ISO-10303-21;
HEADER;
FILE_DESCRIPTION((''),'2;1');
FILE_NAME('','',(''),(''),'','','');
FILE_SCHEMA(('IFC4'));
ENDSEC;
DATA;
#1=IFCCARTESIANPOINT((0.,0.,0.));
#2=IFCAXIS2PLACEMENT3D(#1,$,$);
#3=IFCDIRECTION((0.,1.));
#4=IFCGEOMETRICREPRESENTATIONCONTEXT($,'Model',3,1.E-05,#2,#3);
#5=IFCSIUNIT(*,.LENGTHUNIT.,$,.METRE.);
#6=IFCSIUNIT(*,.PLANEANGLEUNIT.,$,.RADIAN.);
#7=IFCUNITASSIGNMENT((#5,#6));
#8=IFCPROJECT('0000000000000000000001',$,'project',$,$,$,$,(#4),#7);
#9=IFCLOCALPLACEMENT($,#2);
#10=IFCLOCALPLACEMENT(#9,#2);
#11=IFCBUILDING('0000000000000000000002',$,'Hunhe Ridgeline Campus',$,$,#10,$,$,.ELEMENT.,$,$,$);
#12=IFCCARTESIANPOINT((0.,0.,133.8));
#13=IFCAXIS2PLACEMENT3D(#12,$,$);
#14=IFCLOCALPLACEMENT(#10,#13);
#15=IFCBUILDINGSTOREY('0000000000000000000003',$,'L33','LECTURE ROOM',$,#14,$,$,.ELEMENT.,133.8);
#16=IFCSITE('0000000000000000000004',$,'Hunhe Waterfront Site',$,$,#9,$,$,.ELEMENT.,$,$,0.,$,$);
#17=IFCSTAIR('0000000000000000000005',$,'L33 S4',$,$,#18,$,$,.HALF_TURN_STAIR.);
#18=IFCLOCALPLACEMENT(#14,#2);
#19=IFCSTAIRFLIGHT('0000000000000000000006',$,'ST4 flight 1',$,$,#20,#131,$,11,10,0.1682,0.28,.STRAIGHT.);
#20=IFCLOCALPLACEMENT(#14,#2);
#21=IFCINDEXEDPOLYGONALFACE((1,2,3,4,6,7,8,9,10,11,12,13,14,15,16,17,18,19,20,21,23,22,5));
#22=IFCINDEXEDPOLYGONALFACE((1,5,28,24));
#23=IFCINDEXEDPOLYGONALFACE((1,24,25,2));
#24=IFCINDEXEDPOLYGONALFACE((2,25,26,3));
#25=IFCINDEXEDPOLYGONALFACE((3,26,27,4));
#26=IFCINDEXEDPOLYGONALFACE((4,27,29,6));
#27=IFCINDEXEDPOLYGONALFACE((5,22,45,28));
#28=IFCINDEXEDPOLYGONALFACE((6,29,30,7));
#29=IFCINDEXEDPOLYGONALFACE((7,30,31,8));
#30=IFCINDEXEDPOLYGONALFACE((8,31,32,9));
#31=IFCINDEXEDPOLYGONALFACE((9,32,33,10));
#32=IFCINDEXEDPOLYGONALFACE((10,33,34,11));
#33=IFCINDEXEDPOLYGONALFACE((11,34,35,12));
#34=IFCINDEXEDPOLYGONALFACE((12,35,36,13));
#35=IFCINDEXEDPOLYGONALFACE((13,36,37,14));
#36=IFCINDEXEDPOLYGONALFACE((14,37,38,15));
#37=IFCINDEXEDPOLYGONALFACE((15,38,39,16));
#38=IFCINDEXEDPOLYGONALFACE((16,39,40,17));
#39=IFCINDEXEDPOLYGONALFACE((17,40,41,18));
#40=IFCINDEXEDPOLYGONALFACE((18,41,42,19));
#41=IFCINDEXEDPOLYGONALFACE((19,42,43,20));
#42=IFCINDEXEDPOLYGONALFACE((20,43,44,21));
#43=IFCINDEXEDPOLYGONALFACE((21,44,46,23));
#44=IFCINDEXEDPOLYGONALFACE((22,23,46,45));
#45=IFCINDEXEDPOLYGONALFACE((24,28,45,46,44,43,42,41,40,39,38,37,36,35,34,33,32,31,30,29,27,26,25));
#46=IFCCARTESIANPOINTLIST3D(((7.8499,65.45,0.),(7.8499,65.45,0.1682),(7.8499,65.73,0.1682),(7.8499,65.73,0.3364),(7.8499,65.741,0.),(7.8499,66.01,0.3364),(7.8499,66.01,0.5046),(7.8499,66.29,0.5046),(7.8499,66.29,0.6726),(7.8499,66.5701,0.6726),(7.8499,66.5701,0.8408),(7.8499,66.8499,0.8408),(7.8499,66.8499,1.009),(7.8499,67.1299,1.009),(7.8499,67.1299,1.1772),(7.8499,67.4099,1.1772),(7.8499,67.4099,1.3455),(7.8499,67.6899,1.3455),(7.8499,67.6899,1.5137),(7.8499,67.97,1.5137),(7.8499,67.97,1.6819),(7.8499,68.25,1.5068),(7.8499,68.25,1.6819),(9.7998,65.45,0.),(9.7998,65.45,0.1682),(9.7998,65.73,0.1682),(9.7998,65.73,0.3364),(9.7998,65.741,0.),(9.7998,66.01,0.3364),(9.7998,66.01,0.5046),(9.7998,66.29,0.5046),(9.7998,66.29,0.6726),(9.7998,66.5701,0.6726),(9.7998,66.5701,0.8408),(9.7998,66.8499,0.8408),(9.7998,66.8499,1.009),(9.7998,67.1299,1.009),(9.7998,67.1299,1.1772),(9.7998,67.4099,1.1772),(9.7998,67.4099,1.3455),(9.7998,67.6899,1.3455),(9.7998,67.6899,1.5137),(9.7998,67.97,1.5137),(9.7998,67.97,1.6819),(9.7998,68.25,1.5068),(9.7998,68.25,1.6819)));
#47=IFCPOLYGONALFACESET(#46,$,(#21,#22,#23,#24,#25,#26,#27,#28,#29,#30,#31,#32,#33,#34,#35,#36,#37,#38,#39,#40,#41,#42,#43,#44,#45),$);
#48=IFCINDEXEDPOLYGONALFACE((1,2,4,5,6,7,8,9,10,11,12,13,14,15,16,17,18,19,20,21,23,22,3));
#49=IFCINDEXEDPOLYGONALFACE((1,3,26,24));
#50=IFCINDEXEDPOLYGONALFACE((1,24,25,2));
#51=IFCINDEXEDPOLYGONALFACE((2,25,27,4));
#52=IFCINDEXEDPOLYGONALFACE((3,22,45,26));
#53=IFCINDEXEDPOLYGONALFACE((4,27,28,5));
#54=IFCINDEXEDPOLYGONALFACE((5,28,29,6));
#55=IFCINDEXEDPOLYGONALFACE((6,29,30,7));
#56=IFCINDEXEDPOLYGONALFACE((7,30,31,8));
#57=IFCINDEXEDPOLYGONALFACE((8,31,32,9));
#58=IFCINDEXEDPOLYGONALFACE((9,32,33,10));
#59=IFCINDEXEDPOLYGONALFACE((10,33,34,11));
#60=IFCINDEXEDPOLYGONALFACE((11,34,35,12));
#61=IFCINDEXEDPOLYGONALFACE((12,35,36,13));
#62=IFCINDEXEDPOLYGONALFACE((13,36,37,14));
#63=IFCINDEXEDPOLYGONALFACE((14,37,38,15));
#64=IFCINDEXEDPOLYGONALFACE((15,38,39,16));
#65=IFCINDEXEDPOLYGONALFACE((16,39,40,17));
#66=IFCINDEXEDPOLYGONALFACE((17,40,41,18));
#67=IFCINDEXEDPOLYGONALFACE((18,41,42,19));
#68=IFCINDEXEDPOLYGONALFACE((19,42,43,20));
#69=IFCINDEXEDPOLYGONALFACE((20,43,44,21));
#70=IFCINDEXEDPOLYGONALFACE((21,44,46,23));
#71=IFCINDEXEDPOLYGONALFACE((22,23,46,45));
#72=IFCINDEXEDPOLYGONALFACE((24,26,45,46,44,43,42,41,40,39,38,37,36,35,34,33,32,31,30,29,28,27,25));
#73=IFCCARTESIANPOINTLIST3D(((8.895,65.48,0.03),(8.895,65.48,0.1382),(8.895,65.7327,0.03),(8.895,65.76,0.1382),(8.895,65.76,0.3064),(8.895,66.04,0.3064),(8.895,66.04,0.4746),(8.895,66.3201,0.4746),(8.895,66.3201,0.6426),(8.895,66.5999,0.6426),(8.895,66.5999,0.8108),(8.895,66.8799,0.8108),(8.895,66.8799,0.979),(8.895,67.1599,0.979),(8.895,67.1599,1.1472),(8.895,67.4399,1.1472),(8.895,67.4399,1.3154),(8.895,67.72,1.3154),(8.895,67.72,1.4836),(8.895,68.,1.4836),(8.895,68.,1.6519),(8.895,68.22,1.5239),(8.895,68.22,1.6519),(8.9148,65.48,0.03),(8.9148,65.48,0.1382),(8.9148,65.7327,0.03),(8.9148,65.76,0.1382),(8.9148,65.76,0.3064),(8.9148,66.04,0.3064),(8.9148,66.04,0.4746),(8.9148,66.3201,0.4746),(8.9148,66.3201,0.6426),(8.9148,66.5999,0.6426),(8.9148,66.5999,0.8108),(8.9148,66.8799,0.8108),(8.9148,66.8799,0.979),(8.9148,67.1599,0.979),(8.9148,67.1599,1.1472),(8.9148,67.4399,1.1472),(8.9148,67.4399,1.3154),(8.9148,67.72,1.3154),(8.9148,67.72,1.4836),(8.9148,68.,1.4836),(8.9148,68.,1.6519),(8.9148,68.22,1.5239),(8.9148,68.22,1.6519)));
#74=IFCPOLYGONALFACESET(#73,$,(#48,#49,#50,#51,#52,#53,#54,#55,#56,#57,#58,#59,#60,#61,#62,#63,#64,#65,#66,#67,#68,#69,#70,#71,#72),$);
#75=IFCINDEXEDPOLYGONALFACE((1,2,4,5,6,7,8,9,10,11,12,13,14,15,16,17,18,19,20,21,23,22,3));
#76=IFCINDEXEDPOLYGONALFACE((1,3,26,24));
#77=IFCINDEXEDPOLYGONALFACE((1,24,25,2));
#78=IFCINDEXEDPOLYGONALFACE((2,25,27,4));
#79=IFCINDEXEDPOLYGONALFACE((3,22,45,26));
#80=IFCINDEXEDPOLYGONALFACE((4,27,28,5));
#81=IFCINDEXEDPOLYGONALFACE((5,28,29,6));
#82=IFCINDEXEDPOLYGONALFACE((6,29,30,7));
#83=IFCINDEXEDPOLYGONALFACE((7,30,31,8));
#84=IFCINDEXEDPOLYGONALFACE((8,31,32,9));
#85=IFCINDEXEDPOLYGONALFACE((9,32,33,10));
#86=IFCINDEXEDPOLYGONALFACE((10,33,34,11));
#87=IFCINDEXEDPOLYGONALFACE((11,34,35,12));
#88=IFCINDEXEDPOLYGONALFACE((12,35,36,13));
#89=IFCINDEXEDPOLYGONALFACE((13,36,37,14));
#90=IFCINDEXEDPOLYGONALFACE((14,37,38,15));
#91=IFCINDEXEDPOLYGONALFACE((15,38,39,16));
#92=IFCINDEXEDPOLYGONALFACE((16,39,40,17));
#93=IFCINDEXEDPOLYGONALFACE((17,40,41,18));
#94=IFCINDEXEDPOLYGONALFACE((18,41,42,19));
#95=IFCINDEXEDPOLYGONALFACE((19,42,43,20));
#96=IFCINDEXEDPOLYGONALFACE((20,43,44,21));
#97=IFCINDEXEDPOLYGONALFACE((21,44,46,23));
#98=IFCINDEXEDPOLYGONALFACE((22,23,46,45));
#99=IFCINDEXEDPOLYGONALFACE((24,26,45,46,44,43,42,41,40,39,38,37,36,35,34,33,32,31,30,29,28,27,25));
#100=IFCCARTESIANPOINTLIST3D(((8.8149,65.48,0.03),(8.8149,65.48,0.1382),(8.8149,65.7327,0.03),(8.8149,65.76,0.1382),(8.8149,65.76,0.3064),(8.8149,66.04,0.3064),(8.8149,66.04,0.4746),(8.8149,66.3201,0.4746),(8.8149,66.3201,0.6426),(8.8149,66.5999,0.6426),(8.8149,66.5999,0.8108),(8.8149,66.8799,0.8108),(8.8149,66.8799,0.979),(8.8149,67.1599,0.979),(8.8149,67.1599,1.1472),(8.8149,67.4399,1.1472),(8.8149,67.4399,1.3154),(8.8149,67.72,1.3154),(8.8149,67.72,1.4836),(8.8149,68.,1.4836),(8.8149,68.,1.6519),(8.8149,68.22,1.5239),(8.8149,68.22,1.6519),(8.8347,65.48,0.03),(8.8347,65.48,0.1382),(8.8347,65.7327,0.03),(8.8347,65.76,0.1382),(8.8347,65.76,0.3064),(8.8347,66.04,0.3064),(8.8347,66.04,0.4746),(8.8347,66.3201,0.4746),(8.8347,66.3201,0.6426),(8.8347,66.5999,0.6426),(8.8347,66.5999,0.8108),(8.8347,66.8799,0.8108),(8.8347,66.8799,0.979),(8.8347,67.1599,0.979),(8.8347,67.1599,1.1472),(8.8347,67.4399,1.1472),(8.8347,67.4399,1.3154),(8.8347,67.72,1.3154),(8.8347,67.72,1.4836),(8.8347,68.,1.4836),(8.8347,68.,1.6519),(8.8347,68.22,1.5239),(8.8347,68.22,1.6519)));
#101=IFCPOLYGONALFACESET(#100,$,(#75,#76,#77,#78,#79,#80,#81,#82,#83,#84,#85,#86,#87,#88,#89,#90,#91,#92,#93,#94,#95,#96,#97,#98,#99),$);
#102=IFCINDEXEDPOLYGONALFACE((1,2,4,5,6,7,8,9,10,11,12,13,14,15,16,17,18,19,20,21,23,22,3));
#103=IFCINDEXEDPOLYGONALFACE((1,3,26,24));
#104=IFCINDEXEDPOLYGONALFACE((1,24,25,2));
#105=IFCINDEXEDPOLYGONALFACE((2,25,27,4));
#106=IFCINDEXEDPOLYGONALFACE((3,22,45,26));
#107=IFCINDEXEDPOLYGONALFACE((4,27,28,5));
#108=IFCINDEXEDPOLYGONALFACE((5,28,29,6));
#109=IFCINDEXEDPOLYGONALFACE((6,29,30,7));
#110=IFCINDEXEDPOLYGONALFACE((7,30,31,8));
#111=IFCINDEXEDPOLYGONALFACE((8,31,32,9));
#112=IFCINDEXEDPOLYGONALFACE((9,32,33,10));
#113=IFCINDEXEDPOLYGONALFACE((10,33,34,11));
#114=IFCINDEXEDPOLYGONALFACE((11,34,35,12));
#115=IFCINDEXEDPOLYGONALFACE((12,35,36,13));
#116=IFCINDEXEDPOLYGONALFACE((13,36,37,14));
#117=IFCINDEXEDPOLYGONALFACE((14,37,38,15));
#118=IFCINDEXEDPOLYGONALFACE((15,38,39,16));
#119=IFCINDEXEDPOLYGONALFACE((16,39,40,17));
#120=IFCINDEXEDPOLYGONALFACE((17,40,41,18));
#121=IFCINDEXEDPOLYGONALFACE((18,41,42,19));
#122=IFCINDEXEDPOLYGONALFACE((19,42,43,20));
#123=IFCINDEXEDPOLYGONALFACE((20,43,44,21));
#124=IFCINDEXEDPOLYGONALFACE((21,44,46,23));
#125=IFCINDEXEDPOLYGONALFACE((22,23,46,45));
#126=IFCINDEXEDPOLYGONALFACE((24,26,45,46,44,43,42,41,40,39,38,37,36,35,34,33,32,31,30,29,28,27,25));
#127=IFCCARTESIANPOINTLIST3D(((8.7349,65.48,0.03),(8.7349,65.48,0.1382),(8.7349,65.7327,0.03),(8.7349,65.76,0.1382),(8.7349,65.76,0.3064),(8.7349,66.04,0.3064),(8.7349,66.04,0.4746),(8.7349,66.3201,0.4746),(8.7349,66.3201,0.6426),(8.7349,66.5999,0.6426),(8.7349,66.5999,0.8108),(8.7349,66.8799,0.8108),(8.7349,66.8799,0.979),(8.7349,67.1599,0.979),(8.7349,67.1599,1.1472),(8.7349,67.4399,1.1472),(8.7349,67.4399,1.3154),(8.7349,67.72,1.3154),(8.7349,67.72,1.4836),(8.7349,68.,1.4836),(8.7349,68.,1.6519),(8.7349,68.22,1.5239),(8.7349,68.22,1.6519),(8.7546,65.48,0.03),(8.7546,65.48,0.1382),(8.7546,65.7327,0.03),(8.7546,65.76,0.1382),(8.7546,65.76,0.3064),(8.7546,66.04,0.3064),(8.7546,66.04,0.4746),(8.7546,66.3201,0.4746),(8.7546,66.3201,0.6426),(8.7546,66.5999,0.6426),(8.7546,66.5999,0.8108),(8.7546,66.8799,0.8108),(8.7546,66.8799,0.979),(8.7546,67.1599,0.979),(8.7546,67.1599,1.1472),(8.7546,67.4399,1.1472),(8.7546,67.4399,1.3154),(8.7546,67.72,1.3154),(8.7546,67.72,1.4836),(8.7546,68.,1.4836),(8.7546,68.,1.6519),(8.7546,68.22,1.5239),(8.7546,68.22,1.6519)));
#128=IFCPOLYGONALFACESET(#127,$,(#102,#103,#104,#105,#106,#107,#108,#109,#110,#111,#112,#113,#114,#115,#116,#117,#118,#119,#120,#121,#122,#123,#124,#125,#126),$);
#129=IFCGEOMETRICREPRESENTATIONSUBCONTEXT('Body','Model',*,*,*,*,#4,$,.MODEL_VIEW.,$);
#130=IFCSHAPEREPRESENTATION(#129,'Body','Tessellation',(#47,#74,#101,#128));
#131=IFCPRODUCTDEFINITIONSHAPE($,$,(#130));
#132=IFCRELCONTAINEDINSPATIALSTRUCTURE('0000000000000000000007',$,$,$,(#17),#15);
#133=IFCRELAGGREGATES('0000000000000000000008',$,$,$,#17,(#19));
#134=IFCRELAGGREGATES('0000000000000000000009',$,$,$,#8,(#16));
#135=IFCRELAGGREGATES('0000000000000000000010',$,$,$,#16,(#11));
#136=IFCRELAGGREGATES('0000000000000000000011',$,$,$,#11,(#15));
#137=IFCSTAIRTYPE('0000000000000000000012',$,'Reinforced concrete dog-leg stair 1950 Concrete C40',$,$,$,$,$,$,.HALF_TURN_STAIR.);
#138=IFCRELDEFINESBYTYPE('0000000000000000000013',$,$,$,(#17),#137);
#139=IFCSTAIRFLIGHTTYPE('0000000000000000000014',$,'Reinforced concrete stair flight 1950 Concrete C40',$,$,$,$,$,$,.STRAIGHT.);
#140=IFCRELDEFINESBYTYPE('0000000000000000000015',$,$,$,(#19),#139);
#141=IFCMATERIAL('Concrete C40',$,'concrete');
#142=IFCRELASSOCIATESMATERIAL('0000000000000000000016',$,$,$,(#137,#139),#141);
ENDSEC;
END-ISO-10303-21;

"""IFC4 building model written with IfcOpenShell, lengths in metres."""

from ifc_helpers import new_model, si_unit, direction, frame, origin, place, context, subcontext, project, spatial, polyline, outline, extrude, material, type_object, element, aggregate, save


model = new_model("IFC4")

# Units and contexts
model_context = context("Model", 3, precision=1e-05, world=origin(), true_north=direction((0.0, 1.0)))
body_context = subcontext(model_context, "Body", "Model", "MODEL_VIEW")
ifc_project = project(units=[si_unit("LENGTHUNIT", "METRE"), si_unit("PLANEANGLEUNIT", "RADIAN")], contexts=[model_context])

# Site, building, storey
site_placement = place(None, origin())
site = spatial("IfcSite", under=ifc_project, at=site_placement, Name="Hunhe Waterfront Site", CompositionType="ELEMENT", RefElevation=0.0)
building_placement = place(site_placement, origin())
building = spatial("IfcBuilding", under=site, at=building_placement, Name="Hunhe Ridgeline Campus", CompositionType="ELEMENT")
storey_placement = place(building_placement, frame((0.0, 0.0, 133.8)))
storey = spatial("IfcBuildingStorey", under=building, at=storey_placement, Name="L33", Description="LECTURE ROOM", CompositionType="ELEMENT", Elevation=133.8)

# Stair, stair flight
ifc_material_1 = material(Name="Concrete C40", Category="concrete")
stair_type = type_object("IfcStairType", Name="Reinforced concrete dog-leg stair 1950 Concrete C40", PredefinedType="HALF_TURN_STAIR", material=ifc_material_1)
stair_flight_type = type_object("IfcStairFlightType", Name="Reinforced concrete stair flight 1950 Concrete C40", PredefinedType="STRAIGHT", material=ifc_material_1)
stair_1_placement = place(storey_placement, origin())
stair_1 = element("IfcStair", 1, at=stair_1_placement, inside=storey, type_object=stair_type, Name="L33 S4", PredefinedType="HALF_TURN_STAIR")
stair_flight_1_placement = place(storey_placement, frame((8.825, 65.45, 0.0), z_axis=(0.0, 0.0, 1.0), x_axis=(0.0, 1.0, 0.0)))
stair_flight_1 = element("IfcStairFlight", 2, at=stair_flight_1_placement, type_object=stair_flight_type, Name="ST4 flight 1", NumberOfRisers=11, NumberOfTreads=10, PredefinedType="STRAIGHT", RiserHeight=0.1682, TreadLength=0.28, context=body_context, shape_type="SweptSolid", body=[
    extrude(outline(polyline([(0.0, 0.0), (0.0, 0.1682), (0.28, 0.1682), (0.28, 0.3364), (0.5601, 0.3364), (0.5601, 0.5046), (0.8401, 0.5046), (0.8401, 0.6726), (1.1201, 0.6726), (1.1201, 0.8408), (1.3999, 0.8408), (1.3999, 1.009), (1.6799, 1.009), (1.6799, 1.1772), (1.96, 1.1772), (1.96, 1.3455), (2.24, 1.3455), (2.24, 1.5137), (2.52, 1.5137), (2.52, 1.6819), (2.8, 1.6819), (2.8, 1.8501), (2.8, 1.5068), (0.291, 0.0), (0.0, 0.0)])), frame((0.0, 0.9751, 0.0), z_axis=(0.0, -1.0, 0.0), x_axis=(1.0, 0.0, 0.0)), (0.0, 0.0, 1.0), 1.95),
    extrude(outline(polyline([(0.03, 0.03), (0.03, 0.1382), (0.3101, 0.1382), (0.3101, 0.3064), (0.5901, 0.3064), (0.5901, 0.4746), (0.8701, 0.4746), (0.8701, 0.6426), (1.1499, 0.6426), (1.1499, 0.8108), (1.4299, 0.8108), (1.4299, 0.979), (1.71, 0.979), (1.71, 1.1472), (1.99, 1.1472), (1.99, 1.3154), (2.27, 1.3154), (2.27, 1.4836), (2.55, 1.4836), (2.55, 1.6519), (2.77, 1.6519), (2.77, 1.5239), (0.2827, 0.03), (0.03, 0.03)])), frame((0.0, -0.0701, 0.0), z_axis=(0.0, -1.0, 0.0), x_axis=(1.0, 0.0, 0.0)), (0.0, 0.0, 1.0), 0.0198),
    extrude(outline(polyline([(0.03, 0.03), (0.03, 0.1382), (0.3101, 0.1382), (0.3101, 0.3064), (0.5901, 0.3064), (0.5901, 0.4746), (0.8701, 0.4746), (0.8701, 0.6426), (1.1499, 0.6426), (1.1499, 0.8108), (1.4299, 0.8108), (1.4299, 0.979), (1.71, 0.979), (1.71, 1.1472), (1.99, 1.1472), (1.99, 1.3154), (2.27, 1.3154), (2.27, 1.4836), (2.55, 1.4836), (2.55, 1.6519), (2.77, 1.6519), (2.77, 1.5239), (0.2827, 0.03), (0.03, 0.03)])), frame((0.0, 0.01, 0.0), z_axis=(0.0, -1.0, 0.0), x_axis=(1.0, 0.0, 0.0)), (0.0, 0.0, 1.0), 0.0198),
    extrude(outline(polyline([(0.03, 0.03), (0.03, 0.1382), (0.3101, 0.1382), (0.3101, 0.3064), (0.5901, 0.3064), (0.5901, 0.4746), (0.8701, 0.4746), (0.8701, 0.6426), (1.1499, 0.6426), (1.1499, 0.8108), (1.4299, 0.8108), (1.4299, 0.979), (1.71, 0.979), (1.71, 1.1472), (1.99, 1.1472), (1.99, 1.3154), (2.27, 1.3154), (2.27, 1.4836), (2.55, 1.4836), (2.55, 1.6519), (2.77, 1.6519), (2.77, 1.5239), (0.2827, 0.03), (0.03, 0.03)])), frame((0.0, 0.0901, 0.0), z_axis=(0.0, -1.0, 0.0), x_axis=(1.0, 0.0, 0.0)), (0.0, 0.0, 1.0), 0.0198),
])
aggregate(stair_1, [stair_flight_1])

save(model, "model.ifc")
